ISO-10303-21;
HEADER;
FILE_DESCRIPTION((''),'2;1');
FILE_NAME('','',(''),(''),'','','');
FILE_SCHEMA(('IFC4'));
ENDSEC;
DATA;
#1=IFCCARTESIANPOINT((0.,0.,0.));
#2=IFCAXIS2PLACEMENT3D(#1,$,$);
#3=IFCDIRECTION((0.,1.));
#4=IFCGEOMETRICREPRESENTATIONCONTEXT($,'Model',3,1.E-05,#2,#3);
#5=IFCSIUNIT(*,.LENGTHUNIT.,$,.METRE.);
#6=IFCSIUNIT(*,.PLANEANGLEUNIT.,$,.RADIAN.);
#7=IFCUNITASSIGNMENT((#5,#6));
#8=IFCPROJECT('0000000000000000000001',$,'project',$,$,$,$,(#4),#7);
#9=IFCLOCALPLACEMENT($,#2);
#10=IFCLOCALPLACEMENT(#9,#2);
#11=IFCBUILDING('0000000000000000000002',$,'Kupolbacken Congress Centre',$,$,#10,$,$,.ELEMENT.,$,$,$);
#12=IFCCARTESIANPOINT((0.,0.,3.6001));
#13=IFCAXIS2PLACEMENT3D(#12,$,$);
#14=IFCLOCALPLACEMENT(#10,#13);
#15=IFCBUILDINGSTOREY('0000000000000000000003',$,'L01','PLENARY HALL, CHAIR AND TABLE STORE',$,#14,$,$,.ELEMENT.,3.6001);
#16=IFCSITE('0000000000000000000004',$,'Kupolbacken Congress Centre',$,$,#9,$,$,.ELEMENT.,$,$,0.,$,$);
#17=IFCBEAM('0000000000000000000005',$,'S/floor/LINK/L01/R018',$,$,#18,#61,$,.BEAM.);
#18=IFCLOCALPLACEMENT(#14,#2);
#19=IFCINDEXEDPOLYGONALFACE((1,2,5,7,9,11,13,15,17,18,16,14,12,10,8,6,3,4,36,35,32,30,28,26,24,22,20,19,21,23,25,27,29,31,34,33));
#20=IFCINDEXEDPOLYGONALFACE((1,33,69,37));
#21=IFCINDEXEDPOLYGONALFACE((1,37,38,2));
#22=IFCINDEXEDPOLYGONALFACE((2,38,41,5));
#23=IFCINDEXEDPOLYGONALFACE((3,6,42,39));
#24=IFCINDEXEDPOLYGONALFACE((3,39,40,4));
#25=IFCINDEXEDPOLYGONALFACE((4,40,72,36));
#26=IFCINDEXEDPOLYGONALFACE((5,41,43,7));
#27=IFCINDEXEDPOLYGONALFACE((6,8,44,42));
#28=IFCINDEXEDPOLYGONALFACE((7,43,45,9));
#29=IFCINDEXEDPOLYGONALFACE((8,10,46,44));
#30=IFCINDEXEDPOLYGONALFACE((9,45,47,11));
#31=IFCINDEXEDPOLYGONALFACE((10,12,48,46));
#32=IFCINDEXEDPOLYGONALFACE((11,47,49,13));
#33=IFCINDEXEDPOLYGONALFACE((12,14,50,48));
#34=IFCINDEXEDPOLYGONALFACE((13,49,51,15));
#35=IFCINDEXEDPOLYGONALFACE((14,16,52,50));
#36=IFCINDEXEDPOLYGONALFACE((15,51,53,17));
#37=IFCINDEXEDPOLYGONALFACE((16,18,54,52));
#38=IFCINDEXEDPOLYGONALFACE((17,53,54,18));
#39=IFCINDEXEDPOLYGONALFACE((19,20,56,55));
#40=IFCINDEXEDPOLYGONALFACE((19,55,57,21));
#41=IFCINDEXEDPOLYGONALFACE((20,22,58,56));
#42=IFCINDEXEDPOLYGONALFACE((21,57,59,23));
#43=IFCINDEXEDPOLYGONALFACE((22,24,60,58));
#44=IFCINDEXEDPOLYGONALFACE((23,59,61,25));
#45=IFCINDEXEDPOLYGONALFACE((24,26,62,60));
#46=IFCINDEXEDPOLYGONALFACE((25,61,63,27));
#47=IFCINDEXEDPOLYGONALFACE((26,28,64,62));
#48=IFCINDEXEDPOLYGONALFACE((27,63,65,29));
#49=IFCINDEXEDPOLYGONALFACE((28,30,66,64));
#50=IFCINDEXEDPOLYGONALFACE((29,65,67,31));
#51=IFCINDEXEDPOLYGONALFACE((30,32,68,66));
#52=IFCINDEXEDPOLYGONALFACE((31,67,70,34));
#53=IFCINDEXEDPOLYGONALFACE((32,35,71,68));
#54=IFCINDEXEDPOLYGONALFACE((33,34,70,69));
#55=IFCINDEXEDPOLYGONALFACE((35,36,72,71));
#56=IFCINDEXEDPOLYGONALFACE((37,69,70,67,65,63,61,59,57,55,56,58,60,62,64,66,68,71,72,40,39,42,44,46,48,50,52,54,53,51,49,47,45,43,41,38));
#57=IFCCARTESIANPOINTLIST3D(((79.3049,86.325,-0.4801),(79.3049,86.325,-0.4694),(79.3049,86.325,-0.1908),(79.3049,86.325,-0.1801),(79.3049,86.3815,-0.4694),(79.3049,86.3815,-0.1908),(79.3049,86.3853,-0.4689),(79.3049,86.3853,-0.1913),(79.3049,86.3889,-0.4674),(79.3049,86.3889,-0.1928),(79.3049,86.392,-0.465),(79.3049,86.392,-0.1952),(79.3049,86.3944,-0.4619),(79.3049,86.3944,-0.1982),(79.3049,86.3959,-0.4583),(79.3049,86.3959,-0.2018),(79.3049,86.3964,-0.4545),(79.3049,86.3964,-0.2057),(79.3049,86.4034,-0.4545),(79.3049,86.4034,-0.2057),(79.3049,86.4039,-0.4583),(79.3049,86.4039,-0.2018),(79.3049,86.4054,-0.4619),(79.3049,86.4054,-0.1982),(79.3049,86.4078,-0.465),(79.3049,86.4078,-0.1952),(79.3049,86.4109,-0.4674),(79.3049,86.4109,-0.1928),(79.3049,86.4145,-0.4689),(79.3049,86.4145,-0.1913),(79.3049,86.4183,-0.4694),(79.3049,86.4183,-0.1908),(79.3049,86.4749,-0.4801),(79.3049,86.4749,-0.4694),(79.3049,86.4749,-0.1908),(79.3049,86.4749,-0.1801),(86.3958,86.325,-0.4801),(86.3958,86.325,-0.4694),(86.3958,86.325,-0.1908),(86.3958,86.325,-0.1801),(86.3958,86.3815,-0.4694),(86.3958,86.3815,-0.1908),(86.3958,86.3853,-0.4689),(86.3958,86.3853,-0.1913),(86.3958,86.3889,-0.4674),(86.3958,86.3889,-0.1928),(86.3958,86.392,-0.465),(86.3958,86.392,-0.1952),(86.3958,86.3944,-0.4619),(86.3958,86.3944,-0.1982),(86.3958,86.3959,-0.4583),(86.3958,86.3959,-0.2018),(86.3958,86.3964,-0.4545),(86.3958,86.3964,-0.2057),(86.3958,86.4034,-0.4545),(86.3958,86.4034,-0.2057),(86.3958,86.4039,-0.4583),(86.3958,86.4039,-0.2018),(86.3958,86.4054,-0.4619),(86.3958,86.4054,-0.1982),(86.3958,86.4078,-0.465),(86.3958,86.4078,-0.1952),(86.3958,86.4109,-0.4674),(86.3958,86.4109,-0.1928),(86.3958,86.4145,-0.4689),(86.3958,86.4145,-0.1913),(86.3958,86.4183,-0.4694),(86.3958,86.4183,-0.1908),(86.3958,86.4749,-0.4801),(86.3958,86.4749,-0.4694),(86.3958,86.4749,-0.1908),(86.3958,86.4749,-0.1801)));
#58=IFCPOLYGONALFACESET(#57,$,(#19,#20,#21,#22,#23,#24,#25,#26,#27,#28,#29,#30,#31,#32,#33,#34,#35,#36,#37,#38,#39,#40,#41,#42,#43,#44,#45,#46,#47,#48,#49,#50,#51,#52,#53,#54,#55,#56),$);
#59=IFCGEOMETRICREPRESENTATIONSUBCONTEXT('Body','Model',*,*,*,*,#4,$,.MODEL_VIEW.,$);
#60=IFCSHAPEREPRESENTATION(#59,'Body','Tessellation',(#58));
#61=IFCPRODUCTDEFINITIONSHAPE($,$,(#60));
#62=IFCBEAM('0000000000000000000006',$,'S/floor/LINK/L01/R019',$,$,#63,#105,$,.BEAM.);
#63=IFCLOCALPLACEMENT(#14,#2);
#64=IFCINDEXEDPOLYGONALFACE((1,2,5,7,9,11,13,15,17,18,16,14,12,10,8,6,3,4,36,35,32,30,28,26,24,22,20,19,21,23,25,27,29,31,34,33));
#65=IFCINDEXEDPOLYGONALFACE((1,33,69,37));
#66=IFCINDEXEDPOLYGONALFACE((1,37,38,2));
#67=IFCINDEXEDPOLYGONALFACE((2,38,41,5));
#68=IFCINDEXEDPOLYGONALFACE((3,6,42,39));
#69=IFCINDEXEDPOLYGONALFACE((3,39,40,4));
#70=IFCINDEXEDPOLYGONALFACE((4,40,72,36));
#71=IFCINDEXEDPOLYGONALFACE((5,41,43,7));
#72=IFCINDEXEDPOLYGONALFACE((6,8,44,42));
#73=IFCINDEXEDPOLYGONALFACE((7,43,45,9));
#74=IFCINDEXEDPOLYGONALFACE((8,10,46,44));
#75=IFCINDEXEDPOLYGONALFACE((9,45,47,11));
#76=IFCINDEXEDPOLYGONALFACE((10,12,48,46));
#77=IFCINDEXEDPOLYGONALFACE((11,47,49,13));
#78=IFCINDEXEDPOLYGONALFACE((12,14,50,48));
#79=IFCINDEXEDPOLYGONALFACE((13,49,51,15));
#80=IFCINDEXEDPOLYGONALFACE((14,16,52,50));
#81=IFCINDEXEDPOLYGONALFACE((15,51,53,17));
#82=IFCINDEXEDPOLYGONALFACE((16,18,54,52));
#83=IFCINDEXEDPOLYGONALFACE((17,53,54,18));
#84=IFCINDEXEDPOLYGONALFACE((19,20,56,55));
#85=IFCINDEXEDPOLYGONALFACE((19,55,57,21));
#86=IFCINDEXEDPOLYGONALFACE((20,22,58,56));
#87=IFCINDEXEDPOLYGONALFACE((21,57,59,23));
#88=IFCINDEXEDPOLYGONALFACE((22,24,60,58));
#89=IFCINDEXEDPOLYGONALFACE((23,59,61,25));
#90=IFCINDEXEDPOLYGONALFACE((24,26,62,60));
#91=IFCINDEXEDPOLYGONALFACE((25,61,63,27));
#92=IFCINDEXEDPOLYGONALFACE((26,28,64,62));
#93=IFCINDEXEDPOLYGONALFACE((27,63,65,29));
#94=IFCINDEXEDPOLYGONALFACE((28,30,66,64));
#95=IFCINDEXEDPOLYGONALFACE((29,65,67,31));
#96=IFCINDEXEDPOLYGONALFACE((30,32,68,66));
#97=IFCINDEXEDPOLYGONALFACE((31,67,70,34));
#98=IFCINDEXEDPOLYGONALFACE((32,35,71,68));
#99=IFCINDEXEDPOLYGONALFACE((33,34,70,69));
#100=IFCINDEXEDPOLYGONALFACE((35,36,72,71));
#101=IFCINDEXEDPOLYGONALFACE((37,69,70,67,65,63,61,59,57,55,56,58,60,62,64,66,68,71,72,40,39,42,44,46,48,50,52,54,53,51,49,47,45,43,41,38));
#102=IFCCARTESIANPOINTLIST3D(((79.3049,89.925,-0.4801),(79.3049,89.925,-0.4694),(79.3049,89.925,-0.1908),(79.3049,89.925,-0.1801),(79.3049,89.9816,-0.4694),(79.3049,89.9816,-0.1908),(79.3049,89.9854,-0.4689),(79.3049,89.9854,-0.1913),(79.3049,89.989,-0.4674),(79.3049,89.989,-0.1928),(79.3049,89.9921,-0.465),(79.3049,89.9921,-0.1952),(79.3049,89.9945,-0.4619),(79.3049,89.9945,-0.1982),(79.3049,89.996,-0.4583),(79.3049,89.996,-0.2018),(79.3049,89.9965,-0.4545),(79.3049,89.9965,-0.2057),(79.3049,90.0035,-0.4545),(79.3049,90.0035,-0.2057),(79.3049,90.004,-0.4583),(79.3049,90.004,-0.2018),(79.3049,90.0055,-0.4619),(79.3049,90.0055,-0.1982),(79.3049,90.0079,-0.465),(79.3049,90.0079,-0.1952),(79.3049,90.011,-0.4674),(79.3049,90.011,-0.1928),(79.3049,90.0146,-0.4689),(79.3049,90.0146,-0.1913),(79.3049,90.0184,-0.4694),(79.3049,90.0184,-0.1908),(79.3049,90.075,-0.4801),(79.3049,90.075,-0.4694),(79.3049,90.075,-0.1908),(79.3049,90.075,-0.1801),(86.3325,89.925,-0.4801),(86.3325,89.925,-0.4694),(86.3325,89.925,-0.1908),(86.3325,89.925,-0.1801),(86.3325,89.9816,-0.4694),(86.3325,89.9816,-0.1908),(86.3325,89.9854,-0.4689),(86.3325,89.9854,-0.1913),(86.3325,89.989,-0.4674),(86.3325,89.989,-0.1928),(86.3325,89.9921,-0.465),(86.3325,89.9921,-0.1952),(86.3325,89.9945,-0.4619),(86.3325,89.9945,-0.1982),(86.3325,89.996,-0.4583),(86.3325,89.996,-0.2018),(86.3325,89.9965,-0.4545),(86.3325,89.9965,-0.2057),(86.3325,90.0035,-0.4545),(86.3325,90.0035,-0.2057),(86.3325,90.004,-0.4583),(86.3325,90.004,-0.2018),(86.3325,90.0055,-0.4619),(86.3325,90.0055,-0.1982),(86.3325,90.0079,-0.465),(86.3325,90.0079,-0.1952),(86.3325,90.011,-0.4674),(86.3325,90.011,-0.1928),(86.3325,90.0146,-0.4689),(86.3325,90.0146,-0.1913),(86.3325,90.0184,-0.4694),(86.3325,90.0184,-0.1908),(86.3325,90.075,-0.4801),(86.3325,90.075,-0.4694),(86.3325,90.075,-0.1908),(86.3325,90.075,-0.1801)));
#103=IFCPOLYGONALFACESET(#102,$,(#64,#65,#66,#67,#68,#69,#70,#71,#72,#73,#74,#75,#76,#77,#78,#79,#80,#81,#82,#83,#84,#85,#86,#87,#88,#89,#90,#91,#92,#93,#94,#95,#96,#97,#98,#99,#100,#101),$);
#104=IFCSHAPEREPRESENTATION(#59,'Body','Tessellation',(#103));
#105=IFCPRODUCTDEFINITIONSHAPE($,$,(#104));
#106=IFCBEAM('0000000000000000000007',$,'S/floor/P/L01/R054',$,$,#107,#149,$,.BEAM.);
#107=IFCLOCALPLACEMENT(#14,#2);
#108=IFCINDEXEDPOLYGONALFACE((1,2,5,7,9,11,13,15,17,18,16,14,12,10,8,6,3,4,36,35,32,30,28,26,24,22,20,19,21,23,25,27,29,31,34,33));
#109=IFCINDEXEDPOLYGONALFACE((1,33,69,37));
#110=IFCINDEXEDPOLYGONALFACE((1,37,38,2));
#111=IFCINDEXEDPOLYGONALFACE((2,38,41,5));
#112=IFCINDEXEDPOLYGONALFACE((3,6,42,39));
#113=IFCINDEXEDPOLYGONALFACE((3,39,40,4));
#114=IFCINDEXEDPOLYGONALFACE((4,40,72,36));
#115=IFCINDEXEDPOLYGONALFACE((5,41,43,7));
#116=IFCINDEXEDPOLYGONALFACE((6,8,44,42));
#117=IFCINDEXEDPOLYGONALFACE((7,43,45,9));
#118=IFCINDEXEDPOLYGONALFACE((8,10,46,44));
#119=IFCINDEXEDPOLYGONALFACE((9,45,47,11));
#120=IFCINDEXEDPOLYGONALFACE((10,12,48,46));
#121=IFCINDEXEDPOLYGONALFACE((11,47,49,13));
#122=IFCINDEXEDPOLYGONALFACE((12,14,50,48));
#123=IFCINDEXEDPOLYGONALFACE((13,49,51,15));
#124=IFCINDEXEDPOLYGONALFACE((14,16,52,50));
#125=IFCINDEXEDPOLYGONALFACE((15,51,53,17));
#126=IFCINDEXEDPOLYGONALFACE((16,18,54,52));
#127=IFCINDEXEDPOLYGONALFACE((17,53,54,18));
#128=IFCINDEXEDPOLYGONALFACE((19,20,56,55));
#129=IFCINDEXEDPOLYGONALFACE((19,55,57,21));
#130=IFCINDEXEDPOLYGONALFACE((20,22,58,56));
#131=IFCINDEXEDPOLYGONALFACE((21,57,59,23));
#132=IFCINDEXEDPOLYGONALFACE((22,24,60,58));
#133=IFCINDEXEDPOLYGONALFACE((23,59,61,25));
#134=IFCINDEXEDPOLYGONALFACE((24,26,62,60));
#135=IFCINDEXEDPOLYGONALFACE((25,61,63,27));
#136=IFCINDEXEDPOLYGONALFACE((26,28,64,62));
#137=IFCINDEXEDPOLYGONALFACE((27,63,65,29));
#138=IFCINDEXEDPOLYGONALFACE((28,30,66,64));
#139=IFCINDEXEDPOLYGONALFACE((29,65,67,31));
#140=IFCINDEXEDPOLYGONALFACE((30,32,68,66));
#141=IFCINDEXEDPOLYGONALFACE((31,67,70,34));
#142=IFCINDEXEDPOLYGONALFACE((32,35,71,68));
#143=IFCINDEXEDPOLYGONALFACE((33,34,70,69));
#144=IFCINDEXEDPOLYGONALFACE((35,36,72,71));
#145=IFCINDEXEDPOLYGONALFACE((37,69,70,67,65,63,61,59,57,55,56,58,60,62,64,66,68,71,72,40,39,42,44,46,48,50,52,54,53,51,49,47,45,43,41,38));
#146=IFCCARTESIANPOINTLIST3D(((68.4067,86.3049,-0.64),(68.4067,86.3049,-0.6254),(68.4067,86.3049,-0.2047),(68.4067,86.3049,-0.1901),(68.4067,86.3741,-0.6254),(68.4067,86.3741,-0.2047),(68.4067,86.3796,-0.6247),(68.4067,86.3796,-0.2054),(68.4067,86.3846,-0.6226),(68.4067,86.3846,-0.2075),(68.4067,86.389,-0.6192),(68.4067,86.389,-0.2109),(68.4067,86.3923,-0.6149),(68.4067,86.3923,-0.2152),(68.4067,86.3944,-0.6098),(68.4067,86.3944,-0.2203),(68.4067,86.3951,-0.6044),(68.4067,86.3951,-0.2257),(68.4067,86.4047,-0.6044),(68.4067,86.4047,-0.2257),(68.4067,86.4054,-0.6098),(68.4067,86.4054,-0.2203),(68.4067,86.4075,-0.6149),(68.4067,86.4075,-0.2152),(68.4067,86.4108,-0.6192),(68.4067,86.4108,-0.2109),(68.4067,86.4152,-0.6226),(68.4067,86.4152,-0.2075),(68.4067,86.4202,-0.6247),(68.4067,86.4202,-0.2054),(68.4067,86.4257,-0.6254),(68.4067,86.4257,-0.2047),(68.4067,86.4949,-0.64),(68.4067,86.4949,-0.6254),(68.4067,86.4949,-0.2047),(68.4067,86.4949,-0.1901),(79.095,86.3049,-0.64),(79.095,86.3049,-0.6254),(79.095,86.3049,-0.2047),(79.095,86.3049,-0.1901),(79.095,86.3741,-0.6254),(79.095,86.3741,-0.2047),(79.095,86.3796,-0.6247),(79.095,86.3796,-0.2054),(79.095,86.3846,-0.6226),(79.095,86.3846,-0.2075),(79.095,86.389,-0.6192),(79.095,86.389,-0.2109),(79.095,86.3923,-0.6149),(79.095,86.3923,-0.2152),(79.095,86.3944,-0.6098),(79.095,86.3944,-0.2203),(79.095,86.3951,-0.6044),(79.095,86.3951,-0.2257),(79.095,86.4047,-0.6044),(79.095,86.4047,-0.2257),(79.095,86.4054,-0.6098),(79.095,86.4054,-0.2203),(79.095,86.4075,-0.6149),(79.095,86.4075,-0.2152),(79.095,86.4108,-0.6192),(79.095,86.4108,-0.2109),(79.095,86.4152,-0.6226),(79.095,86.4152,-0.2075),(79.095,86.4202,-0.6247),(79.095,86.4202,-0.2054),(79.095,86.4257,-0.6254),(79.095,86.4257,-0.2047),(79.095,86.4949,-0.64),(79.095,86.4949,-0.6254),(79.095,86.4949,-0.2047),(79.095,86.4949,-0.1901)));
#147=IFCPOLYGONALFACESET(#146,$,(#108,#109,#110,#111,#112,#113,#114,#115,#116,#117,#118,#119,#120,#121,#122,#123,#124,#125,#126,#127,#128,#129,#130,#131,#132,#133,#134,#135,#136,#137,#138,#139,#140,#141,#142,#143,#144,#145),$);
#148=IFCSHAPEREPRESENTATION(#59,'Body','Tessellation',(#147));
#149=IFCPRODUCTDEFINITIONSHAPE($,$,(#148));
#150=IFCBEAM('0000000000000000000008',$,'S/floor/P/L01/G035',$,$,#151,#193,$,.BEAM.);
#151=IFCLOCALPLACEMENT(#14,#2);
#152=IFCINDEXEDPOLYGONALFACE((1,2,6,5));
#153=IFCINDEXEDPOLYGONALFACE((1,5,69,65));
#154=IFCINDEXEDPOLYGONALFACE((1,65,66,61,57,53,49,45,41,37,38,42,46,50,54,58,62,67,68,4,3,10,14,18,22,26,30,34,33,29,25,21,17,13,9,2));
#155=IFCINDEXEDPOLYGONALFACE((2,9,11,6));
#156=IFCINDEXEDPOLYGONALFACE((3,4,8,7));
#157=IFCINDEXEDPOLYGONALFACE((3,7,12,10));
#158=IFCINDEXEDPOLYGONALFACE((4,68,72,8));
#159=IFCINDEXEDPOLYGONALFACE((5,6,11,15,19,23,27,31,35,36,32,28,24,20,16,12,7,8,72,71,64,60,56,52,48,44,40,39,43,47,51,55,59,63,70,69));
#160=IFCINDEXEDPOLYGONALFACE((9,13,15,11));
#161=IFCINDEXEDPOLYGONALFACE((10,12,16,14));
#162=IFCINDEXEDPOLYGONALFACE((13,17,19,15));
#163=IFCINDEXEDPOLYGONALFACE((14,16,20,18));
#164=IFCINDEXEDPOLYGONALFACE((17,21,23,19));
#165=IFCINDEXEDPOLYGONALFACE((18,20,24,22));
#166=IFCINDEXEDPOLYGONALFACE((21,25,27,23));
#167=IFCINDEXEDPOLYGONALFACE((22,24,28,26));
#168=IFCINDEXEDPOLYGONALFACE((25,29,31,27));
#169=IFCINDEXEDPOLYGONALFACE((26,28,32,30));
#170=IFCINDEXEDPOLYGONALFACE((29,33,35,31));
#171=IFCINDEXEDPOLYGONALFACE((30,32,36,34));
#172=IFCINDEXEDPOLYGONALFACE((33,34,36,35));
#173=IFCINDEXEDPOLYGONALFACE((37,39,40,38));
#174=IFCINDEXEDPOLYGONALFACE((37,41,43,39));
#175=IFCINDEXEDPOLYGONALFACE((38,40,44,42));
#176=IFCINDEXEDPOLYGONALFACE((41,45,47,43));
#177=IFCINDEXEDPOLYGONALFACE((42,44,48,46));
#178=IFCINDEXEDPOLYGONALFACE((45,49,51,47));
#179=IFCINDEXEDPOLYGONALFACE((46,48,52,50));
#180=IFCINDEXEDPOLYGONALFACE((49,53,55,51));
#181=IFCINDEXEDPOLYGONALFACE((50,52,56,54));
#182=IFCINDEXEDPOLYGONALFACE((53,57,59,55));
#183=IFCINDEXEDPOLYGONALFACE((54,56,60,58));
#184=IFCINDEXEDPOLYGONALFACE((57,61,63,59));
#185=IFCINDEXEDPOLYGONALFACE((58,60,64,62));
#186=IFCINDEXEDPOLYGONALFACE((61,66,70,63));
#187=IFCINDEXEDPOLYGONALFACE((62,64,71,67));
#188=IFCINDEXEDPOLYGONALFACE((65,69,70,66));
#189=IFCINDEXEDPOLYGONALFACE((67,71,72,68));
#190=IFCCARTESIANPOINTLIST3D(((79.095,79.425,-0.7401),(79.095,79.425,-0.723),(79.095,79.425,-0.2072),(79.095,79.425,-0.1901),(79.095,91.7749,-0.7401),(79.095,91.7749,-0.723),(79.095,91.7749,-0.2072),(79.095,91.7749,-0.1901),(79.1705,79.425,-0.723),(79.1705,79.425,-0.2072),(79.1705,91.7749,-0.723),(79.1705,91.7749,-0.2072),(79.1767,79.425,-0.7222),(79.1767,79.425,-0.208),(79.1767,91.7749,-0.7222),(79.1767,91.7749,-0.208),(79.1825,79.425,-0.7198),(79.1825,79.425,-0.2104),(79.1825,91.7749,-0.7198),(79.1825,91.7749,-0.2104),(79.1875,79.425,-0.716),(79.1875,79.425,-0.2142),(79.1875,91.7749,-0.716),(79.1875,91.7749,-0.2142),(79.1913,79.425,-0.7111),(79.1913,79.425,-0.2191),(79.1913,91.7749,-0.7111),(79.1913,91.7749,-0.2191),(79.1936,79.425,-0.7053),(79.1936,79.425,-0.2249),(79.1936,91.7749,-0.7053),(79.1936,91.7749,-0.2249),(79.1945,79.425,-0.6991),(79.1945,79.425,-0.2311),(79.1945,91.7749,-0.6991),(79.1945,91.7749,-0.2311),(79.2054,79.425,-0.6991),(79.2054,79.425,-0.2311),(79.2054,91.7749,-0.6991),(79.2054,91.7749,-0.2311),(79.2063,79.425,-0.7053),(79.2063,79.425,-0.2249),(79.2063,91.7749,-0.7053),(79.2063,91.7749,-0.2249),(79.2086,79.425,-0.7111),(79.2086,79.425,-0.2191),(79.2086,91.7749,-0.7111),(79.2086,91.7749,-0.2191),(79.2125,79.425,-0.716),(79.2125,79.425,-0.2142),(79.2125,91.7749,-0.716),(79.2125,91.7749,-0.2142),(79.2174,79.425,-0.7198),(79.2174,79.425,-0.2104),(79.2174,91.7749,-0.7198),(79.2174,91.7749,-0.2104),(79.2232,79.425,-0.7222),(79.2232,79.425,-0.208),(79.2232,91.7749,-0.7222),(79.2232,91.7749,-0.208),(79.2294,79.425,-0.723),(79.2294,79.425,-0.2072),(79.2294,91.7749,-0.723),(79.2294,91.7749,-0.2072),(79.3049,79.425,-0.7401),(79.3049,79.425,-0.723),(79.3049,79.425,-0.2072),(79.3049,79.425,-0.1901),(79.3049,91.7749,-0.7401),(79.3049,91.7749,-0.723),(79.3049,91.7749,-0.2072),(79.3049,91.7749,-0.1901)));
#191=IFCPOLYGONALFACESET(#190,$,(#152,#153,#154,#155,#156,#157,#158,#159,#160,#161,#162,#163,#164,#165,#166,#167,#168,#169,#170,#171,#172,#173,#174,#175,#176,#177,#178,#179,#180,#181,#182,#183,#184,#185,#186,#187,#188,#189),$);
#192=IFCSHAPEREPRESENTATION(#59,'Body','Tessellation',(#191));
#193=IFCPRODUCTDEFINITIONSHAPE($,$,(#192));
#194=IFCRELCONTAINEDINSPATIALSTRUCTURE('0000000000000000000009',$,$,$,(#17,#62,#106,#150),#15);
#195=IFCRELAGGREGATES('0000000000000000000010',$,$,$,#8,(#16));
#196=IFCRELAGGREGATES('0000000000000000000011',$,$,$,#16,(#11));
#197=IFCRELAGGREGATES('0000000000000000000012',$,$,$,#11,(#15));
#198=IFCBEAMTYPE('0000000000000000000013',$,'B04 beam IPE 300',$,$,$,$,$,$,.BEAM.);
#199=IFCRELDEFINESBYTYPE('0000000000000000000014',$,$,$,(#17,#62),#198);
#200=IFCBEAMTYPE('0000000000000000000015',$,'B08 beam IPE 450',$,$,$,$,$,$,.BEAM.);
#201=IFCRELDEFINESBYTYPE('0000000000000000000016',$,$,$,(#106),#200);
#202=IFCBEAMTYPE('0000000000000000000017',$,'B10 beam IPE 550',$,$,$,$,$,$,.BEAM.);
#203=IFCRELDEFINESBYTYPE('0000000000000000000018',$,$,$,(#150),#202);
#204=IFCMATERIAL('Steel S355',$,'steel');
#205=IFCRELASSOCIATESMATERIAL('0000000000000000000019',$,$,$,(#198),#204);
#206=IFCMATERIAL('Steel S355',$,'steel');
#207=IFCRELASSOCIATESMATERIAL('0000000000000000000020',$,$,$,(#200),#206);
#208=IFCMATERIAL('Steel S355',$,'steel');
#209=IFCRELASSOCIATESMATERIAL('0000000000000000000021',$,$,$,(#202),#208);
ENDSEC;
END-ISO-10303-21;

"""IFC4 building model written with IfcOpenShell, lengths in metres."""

from ifc_helpers import new_model, si_unit, direction, frame, origin, origin_2d, place, context, subcontext, project, spatial, i_section, extrude, material, material_profile, profile_set, type_object, element, save


model = new_model("IFC4")

# Units and contexts
model_context = context("Model", 3, precision=1e-05, world=origin(), true_north=direction((0.0, 1.0)))
body_context = subcontext(model_context, "Body", "Model", "MODEL_VIEW")
ifc_project = project(units=[si_unit("LENGTHUNIT", "METRE"), si_unit("PLANEANGLEUNIT", "RADIAN")], contexts=[model_context])

# Site, building, storey
site_placement = place(None, origin())
site = spatial("IfcSite", under=ifc_project, at=site_placement, Name="Kupolbacken Congress Centre", CompositionType="ELEMENT", RefElevation=0.0)
building_placement = place(site_placement, origin())
building = spatial("IfcBuilding", under=site, at=building_placement, Name="Kupolbacken Congress Centre", CompositionType="ELEMENT")
storey_placement = place(building_placement, frame((0.0, 0.0, 3.6001)))
storey = spatial("IfcBuildingStorey", under=building, at=storey_placement, Name="L01", Description="PLENARY HALL, CHAIR AND TABLE STORE", CompositionType="ELEMENT", Elevation=3.6001)

# Beams
ifc_material_1 = material(Name="Steel S355", Category="steel")
ifc_material_profile_1 = material_profile(ifc_material_1, i_section(OverallWidth=0.1499, OverallDepth=0.3, WebThickness=0.0071, FlangeThickness=0.0107, FilletRadius=0.0149, at=origin_2d()), Name="IPE 300")
ifc_profile_set_1 = profile_set([ifc_material_profile_1], Name="Steel S355")
beam_type_1 = type_object("IfcBeamType", Name="B04 beam IPE 300", PredefinedType="BEAM", material=ifc_profile_set_1)
beam_1_placement = place(storey_placement, frame((79.3049, 86.3999, -0.3301), z_axis=(1.0, 0.0, 0.0), x_axis=(0.0, 1.0, 0.0)))
element("IfcBeam", 1, at=beam_1_placement, inside=storey, type_object=beam_type_1, Name="S/floor/LINK/L01/R018", PredefinedType="BEAM", context=body_context, shape_type="SweptSolid", body=[
    extrude(i_section(OverallWidth=0.1499, OverallDepth=0.3, WebThickness=0.0071, FlangeThickness=0.0107, FilletRadius=0.0149, at=origin_2d()), origin(), (0.0, 0.0, 1.0), 7.0908),
])
beam_2_placement = place(storey_placement, frame((79.3049, 90.0, -0.3301), z_axis=(1.0, 0.0, 0.0), x_axis=(0.0, 1.0, 0.0)))
element("IfcBeam", 2, at=beam_2_placement, inside=storey, type_object=beam_type_1, Name="S/floor/LINK/L01/R019", PredefinedType="BEAM", context=body_context, shape_type="SweptSolid", body=[
    extrude(i_section(OverallWidth=0.1499, OverallDepth=0.3, WebThickness=0.0071, FlangeThickness=0.0107, FilletRadius=0.0149, at=origin_2d()), origin(), (0.0, 0.0, 1.0), 7.0276),
])
ifc_material_2 = material(Name="Steel S355", Category="steel")
ifc_material_profile_2 = material_profile(ifc_material_2, i_section(OverallWidth=0.1899, OverallDepth=0.45, WebThickness=0.0095, FlangeThickness=0.0146, FilletRadius=0.021, at=origin_2d()), Name="IPE 450")
ifc_profile_set_2 = profile_set([ifc_material_profile_2], Name="Steel S355")
beam_type_2 = type_object("IfcBeamType", Name="B08 beam IPE 450", PredefinedType="BEAM", material=ifc_profile_set_2)
beam_3_placement = place(storey_placement, frame((68.4067, 86.3999, -0.415), z_axis=(1.0, 0.0, 0.0), x_axis=(0.0, 1.0, 0.0)))
element("IfcBeam", 3, at=beam_3_placement, inside=storey, type_object=beam_type_2, Name="S/floor/P/L01/R054", PredefinedType="BEAM", context=body_context, shape_type="SweptSolid", body=[
    extrude(i_section(OverallWidth=0.1899, OverallDepth=0.45, WebThickness=0.0095, FlangeThickness=0.0146, FilletRadius=0.021, at=origin_2d()), origin(), (0.0, 0.0, 1.0), 10.6882),
])
ifc_material_3 = material(Name="Steel S355", Category="steel")
ifc_material_profile_3 = material_profile(ifc_material_3, i_section(OverallWidth=0.21, OverallDepth=0.55, WebThickness=0.011, FlangeThickness=0.0171, FilletRadius=0.0239, at=origin_2d()), Name="IPE 550")
ifc_profile_set_3 = profile_set([ifc_material_profile_3], Name="Steel S355")
beam_type_3 = type_object("IfcBeamType", Name="B10 beam IPE 550", PredefinedType="BEAM", material=ifc_profile_set_3)
beam_4_placement = place(storey_placement, frame((79.2, 79.425, -0.4651), z_axis=(0.0, 1.0, 0.0), x_axis=(-1.0, 0.0, 0.0)))
element("IfcBeam", 4, at=beam_4_placement, inside=storey, type_object=beam_type_3, Name="S/floor/P/L01/G035", PredefinedType="BEAM", context=body_context, shape_type="SweptSolid", body=[
    extrude(i_section(OverallWidth=0.21, OverallDepth=0.55, WebThickness=0.011, FlangeThickness=0.0171, FilletRadius=0.0239, at=origin_2d()), origin(), (0.0, 0.0, 1.0), 12.3499),
])

save(model, "model.ifc")
